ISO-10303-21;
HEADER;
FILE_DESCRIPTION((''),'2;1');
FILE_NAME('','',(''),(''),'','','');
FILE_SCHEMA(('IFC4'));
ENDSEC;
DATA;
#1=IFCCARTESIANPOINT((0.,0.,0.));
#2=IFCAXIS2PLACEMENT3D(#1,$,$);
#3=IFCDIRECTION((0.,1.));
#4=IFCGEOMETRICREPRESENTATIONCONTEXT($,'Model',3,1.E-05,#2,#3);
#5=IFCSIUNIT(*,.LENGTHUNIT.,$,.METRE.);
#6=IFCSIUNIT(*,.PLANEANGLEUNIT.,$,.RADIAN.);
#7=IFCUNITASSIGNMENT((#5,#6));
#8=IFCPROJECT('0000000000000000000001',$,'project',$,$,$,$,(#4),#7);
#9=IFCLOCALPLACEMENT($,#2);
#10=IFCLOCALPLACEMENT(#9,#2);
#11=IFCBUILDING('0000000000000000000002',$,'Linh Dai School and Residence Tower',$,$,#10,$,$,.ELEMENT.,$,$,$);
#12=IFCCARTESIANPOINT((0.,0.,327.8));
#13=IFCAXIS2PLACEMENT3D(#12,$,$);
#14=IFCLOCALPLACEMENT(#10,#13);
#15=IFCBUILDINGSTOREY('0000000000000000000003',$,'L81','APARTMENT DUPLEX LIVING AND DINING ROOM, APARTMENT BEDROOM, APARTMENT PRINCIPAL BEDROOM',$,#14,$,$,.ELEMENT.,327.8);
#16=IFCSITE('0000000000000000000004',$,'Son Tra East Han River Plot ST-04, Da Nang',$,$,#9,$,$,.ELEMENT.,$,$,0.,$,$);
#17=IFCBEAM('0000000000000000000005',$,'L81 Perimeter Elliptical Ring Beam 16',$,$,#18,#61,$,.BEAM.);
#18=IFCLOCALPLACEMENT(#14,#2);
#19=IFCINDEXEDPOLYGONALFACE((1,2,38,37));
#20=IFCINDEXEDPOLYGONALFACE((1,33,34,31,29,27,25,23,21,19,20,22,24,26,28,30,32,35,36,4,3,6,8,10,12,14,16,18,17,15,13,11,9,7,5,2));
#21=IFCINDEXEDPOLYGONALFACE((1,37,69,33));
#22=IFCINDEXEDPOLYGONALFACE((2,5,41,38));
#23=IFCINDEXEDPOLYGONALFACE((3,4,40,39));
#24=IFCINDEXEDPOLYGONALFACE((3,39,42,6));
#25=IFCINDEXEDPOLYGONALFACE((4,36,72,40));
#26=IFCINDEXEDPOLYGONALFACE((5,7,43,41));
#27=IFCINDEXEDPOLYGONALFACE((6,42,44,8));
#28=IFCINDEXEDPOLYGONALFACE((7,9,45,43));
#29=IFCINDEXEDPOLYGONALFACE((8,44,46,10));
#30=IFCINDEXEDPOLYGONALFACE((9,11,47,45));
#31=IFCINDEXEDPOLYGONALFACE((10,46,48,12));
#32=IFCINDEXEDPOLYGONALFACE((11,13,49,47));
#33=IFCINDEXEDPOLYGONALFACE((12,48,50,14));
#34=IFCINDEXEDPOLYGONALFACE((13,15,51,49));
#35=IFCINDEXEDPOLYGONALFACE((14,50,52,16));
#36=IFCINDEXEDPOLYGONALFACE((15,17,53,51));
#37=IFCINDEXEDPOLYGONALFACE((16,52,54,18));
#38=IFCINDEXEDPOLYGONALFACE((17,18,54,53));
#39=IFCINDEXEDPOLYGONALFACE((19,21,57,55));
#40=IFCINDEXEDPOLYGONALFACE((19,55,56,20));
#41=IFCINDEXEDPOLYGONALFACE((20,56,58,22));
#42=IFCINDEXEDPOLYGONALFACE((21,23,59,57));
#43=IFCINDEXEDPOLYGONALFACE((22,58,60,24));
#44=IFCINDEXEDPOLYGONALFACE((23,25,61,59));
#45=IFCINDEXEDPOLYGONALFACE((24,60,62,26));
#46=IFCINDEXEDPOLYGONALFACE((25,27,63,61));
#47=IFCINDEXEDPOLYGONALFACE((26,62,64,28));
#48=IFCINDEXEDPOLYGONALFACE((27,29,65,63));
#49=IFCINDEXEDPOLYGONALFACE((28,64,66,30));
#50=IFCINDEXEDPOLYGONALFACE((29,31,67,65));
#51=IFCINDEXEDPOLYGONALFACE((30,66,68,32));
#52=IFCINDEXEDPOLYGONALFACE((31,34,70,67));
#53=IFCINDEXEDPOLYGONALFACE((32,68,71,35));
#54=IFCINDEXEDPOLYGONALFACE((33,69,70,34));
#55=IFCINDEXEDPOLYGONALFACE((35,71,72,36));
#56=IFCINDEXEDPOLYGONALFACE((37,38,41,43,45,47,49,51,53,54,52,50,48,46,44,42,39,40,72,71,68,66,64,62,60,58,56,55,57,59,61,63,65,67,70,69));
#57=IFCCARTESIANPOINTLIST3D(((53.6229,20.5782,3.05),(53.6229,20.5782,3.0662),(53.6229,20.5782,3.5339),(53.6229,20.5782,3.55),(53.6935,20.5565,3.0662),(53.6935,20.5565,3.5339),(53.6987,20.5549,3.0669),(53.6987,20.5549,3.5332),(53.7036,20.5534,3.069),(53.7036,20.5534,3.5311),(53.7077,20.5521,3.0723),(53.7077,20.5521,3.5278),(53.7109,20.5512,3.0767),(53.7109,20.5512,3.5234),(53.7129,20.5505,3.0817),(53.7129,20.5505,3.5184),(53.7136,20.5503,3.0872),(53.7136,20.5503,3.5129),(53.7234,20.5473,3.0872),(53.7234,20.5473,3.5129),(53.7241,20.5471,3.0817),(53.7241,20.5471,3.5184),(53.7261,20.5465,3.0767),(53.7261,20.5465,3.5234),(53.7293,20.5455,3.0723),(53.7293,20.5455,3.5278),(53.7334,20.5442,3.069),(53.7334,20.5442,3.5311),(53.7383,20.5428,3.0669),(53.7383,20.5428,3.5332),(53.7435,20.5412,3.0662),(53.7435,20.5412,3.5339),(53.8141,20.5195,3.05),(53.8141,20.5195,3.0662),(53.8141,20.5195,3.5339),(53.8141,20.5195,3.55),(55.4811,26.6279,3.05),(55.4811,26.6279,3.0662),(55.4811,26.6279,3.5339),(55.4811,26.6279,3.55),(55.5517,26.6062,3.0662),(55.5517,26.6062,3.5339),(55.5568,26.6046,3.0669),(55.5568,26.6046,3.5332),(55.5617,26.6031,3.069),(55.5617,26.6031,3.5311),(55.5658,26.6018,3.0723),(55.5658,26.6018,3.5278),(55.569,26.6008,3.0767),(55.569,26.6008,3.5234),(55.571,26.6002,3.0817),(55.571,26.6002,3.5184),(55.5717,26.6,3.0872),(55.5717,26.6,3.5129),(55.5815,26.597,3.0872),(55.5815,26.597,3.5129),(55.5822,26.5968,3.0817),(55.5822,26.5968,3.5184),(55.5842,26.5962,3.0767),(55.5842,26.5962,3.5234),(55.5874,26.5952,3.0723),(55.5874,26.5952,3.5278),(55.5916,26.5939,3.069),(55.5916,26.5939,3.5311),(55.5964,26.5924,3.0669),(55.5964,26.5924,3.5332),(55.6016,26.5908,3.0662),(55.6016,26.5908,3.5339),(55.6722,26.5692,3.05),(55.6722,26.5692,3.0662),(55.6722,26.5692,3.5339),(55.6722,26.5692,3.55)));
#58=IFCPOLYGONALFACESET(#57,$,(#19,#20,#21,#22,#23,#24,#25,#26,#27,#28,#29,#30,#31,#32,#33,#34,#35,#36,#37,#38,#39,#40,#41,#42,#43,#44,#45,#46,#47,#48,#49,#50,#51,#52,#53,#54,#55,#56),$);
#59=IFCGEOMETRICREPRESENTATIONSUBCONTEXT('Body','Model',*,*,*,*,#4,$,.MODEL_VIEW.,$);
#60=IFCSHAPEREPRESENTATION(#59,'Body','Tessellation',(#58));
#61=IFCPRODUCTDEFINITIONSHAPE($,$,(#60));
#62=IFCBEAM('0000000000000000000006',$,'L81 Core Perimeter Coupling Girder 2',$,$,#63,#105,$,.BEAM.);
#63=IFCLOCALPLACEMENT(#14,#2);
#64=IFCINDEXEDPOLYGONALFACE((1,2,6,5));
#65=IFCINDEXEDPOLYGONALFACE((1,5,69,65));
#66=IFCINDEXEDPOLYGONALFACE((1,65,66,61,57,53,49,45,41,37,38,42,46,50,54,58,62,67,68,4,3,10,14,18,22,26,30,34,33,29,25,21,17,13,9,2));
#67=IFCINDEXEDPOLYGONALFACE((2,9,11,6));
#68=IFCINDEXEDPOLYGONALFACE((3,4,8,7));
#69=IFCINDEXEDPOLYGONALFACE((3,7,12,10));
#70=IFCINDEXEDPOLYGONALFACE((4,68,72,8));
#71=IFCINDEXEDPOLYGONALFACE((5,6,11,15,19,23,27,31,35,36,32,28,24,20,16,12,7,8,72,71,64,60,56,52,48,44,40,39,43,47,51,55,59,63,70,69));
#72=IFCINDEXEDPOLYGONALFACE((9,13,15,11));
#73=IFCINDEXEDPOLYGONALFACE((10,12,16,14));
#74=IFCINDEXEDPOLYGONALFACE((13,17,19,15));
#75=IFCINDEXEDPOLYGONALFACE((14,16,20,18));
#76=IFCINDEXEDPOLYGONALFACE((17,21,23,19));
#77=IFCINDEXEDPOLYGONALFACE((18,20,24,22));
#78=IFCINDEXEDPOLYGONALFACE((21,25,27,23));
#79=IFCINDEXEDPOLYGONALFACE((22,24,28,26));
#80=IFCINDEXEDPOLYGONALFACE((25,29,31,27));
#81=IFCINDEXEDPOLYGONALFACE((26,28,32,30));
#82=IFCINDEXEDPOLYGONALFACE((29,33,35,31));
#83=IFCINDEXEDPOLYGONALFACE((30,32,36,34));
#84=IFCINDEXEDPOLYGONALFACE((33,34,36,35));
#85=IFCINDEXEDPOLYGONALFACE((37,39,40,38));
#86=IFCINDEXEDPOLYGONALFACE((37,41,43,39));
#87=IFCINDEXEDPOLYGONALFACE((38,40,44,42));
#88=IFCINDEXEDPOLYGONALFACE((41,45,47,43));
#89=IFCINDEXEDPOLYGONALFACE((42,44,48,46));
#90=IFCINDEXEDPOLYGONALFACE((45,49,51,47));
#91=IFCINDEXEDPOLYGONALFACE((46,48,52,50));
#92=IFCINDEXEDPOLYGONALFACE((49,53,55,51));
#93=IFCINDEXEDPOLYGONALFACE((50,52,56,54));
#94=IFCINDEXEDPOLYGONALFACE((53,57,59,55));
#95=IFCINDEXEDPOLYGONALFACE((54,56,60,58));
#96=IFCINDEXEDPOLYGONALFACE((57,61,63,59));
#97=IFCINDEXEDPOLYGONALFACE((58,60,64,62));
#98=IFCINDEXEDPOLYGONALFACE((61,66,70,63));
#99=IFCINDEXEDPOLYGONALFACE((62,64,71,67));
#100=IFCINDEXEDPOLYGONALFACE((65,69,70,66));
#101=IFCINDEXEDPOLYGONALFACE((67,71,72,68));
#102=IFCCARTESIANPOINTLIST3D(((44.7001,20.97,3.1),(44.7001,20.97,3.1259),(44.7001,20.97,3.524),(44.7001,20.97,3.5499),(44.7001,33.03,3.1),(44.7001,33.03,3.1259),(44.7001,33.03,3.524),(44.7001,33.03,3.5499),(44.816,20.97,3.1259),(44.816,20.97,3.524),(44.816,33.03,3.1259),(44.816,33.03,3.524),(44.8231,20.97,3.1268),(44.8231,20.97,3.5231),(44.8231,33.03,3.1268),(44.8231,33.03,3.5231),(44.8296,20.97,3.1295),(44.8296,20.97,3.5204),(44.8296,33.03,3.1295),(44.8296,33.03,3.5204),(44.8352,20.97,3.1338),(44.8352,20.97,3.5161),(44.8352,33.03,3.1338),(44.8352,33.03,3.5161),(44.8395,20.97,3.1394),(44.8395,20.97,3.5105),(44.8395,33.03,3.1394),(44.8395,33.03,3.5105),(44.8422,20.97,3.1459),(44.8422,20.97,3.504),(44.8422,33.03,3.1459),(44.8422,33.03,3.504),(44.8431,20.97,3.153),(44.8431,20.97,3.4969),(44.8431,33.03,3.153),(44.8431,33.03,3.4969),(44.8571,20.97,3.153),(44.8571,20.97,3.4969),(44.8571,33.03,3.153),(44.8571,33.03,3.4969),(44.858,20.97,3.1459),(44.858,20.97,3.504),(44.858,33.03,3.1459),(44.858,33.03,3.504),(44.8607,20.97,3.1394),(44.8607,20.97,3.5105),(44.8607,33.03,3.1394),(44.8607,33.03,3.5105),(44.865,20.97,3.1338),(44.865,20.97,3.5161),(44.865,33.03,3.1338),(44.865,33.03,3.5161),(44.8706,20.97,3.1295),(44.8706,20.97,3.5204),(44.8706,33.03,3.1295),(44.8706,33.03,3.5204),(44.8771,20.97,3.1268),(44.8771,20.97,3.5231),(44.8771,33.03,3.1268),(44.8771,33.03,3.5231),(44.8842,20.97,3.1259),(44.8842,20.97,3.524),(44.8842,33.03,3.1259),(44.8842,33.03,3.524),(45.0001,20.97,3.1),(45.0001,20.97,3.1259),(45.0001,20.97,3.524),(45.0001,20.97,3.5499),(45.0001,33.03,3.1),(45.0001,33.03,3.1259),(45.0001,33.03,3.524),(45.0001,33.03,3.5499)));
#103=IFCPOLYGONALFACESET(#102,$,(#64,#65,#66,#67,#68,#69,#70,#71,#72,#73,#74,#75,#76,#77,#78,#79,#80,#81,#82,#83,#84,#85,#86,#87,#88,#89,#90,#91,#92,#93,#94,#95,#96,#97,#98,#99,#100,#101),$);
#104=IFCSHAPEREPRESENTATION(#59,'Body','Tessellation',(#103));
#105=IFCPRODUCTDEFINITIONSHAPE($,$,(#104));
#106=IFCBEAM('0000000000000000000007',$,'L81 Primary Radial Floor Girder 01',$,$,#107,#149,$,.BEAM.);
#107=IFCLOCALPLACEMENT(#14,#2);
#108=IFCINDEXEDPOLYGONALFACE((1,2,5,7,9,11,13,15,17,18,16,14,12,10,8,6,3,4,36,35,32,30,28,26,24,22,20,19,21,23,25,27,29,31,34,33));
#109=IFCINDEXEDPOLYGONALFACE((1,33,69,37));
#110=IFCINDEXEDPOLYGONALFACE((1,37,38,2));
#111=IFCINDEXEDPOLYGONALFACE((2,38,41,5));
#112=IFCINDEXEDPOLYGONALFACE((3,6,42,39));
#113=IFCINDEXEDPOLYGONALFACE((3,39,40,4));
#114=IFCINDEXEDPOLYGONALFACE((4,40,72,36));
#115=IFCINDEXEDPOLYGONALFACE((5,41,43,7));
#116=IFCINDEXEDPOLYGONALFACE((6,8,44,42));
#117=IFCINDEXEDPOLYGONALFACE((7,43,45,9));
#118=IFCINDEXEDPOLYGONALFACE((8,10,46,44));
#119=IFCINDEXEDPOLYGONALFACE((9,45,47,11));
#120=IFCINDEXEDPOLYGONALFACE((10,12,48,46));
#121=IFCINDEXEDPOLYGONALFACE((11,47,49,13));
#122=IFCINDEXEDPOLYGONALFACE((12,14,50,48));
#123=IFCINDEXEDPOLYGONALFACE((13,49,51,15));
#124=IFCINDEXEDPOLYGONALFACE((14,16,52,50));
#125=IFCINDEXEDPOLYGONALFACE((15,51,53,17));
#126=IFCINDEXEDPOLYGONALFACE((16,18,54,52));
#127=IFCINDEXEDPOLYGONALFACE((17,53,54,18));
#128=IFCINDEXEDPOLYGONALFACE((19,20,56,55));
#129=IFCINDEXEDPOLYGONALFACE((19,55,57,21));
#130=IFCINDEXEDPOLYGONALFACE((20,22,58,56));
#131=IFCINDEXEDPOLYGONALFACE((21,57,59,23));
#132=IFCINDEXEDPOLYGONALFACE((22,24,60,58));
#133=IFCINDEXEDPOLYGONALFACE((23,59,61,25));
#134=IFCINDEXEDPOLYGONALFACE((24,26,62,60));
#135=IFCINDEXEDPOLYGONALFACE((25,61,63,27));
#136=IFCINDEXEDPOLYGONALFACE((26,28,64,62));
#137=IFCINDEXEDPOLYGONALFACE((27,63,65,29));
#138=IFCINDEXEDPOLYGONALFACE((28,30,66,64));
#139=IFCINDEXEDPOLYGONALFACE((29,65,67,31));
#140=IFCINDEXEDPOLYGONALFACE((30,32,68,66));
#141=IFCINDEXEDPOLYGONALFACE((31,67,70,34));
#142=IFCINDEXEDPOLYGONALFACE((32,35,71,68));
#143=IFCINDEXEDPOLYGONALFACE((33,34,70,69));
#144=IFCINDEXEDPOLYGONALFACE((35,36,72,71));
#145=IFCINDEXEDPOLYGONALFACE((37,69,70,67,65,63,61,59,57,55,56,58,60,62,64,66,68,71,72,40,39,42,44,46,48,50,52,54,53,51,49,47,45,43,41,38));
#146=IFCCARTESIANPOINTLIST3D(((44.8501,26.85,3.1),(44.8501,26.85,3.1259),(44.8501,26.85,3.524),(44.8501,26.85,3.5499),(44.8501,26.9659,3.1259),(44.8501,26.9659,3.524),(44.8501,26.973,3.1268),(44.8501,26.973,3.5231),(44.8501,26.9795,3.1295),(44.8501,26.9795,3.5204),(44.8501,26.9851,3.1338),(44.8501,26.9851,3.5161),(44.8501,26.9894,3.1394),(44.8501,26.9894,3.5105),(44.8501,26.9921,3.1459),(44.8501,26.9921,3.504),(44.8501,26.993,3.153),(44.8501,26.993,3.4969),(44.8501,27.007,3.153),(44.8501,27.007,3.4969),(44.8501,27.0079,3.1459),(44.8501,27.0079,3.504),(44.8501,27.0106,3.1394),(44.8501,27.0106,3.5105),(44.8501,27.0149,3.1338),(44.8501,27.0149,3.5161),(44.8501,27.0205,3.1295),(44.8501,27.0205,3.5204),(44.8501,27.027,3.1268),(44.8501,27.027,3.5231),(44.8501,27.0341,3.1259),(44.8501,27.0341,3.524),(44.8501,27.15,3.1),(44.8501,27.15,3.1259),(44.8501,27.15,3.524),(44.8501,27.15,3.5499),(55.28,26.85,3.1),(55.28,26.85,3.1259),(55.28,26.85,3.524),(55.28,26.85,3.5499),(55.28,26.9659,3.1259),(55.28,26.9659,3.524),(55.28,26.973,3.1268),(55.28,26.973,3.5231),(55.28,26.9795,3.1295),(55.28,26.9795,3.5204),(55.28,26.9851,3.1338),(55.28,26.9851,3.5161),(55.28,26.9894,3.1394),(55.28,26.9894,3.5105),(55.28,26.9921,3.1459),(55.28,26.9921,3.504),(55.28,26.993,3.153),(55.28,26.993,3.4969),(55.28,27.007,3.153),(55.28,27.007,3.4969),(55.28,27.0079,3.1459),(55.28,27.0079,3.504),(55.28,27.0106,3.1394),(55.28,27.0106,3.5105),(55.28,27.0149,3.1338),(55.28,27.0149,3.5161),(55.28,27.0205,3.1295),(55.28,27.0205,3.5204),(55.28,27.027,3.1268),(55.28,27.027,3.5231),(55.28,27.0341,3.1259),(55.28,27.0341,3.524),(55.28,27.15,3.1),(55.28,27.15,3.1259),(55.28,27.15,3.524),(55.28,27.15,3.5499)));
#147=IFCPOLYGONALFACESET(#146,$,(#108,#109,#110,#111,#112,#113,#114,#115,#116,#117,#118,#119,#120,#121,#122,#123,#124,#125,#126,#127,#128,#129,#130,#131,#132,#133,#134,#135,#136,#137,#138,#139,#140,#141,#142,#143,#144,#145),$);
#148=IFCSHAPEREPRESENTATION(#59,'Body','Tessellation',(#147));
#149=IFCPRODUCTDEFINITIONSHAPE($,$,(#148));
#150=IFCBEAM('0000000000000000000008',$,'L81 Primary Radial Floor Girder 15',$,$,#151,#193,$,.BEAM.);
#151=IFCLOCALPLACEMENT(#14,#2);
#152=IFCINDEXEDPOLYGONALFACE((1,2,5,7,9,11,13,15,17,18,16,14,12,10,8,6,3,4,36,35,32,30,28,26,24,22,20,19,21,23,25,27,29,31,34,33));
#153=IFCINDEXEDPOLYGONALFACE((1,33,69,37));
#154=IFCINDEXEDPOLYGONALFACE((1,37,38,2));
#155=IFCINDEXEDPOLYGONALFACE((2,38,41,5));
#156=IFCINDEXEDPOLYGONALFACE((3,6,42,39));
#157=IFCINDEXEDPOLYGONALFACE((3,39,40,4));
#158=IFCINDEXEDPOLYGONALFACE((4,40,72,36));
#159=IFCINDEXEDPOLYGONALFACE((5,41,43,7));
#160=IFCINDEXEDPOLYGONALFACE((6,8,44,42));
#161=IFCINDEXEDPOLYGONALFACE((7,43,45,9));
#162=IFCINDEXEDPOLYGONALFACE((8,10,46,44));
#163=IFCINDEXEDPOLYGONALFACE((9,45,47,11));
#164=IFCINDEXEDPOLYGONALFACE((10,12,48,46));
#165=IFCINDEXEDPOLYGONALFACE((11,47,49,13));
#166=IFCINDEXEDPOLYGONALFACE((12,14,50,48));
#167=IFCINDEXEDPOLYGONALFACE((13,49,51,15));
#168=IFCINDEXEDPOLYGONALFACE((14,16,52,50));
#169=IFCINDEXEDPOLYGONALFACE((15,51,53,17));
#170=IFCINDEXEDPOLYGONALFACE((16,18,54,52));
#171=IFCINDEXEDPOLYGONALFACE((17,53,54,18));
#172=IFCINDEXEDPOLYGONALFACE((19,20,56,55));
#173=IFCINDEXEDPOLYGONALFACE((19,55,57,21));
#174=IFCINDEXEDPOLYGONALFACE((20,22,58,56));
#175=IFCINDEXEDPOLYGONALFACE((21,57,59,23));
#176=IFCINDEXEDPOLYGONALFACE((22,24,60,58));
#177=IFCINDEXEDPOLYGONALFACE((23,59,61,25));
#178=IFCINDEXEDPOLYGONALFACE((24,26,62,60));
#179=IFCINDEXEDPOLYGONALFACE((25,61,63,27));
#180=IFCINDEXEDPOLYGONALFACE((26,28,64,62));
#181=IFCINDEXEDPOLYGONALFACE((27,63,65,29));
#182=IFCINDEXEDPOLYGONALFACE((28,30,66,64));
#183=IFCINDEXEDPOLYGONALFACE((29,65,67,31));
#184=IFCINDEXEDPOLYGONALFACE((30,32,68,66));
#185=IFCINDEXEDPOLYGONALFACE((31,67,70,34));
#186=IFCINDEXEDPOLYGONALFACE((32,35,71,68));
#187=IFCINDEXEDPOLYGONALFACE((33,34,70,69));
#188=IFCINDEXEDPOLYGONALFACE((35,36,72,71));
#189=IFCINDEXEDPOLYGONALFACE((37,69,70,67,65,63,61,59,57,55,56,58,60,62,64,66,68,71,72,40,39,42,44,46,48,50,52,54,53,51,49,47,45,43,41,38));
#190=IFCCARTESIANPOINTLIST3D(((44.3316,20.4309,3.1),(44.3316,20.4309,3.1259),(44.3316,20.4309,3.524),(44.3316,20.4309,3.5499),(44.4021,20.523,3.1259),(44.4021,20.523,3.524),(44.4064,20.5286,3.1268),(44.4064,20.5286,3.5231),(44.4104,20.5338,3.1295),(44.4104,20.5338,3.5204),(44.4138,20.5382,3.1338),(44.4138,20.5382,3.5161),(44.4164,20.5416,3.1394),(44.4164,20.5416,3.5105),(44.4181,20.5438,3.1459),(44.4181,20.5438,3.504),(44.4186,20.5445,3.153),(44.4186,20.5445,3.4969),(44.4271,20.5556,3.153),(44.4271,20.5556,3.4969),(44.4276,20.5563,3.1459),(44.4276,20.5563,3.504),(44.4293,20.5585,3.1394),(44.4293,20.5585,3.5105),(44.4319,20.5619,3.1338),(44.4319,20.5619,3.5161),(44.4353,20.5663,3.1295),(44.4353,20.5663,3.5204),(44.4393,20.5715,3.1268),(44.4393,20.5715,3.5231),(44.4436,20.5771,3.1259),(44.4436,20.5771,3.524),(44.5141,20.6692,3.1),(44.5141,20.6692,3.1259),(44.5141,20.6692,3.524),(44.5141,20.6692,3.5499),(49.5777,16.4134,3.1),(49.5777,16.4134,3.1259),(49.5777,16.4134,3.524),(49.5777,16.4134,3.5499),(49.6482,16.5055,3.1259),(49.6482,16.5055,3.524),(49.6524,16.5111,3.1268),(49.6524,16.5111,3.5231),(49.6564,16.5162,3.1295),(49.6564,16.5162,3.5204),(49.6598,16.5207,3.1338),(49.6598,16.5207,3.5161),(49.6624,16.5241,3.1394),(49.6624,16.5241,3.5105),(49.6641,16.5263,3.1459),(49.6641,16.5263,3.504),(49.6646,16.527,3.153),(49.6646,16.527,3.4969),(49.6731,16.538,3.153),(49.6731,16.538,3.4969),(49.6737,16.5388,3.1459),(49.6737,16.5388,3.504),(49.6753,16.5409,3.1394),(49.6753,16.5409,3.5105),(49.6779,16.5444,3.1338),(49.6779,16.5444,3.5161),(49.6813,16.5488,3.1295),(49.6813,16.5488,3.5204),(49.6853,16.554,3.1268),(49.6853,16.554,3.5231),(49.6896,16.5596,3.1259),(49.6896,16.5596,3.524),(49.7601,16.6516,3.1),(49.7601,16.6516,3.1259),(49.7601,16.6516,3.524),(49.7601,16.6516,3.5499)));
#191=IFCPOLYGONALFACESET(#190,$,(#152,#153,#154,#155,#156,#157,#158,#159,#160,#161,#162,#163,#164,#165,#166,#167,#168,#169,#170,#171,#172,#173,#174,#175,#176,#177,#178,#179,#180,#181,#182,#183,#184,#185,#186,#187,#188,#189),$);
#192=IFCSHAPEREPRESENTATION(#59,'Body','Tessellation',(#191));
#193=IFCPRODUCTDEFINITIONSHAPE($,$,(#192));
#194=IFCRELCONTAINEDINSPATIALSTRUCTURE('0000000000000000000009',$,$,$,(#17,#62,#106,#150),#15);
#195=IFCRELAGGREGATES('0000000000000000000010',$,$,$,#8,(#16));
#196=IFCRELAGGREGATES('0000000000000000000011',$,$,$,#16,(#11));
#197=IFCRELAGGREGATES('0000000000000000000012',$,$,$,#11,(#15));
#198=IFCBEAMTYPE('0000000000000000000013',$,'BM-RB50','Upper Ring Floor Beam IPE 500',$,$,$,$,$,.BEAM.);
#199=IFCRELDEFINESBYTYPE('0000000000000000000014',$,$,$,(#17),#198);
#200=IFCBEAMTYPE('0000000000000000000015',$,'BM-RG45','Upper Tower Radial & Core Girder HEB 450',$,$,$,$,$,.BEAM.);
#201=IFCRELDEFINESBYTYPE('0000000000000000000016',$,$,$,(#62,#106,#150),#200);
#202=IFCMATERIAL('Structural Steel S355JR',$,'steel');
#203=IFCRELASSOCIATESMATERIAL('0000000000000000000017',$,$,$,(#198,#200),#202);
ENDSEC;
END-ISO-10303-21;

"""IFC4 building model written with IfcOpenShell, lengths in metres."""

from ifc_helpers import new_model, si_unit, direction, frame, origin, origin_2d, place, context, subcontext, project, spatial, i_section, extrude, material, material_profile, profile_set, type_object, element, save


model = new_model("IFC4")

# Units and contexts
model_context = context("Model", 3, precision=1e-05, world=origin(), true_north=direction((0.0, 1.0)))
body_context = subcontext(model_context, "Body", "Model", "MODEL_VIEW")
ifc_project = project(units=[si_unit("LENGTHUNIT", "METRE"), si_unit("PLANEANGLEUNIT", "RADIAN")], contexts=[model_context])

# Site, building, storey
site_placement = place(None, origin())
site = spatial("IfcSite", under=ifc_project, at=site_placement, Name="Son Tra East Han River Plot ST-04, Da Nang", CompositionType="ELEMENT", RefElevation=0.0)
building_placement = place(site_placement, origin())
building = spatial("IfcBuilding", under=site, at=building_placement, Name="Linh Dai School and Residence Tower", CompositionType="ELEMENT")
storey_placement = place(building_placement, frame((0.0, 0.0, 327.8)))
storey = spatial("IfcBuildingStorey", under=building, at=storey_placement, Name="L81", Description="APARTMENT DUPLEX LIVING AND DINING ROOM, APARTMENT BEDROOM, APARTMENT PRINCIPAL BEDROOM", CompositionType="ELEMENT", Elevation=327.8)

# Shared definitions
ifc_material_1 = material(Name="Structural Steel S355JR", Category="steel")

# Beams
ifc_material_profile_1 = material_profile(ifc_material_1, i_section(OverallWidth=0.2, OverallDepth=0.5, WebThickness=0.0103, FlangeThickness=0.0161, FilletRadius=0.021, at=origin_2d()), Name="IPE 500")
ifc_profile_set_1 = profile_set([ifc_material_profile_1], Name="Structural Steel S355JR")
beam_type_1 = type_object("IfcBeamType", Name="BM-RB50", Description="Upper Ring Floor Beam IPE 500", PredefinedType="BEAM", material=ifc_profile_set_1)
beam_1_placement = place(storey_placement, frame((53.7185, 20.5488, 3.3), z_axis=(0.293606, 0.955927, 0.0), x_axis=(-0.955927, 0.293606, 0.0)))
element("IfcBeam", 1, at=beam_1_placement, inside=storey, type_object=beam_type_1, Name="L81 Perimeter Elliptical Ring Beam 16", PredefinedType="BEAM", context=body_context, shape_type="SweptSolid", body=[
    extrude(i_section(OverallWidth=0.2, OverallDepth=0.5, WebThickness=0.0103, FlangeThickness=0.0161, FilletRadius=0.021, at=origin_2d()), origin(), (0.0, 0.0, 1.0), 6.3286),
])
ifc_material_profile_2 = material_profile(ifc_material_1, i_section(OverallWidth=0.3, OverallDepth=0.45, WebThickness=0.0139, FlangeThickness=0.0259, FilletRadius=0.0271, at=origin_2d()), Name="HEB 450")
ifc_profile_set_2 = profile_set([ifc_material_profile_2], Name="Structural Steel S355JR")
beam_type_2 = type_object("IfcBeamType", Name="BM-RG45", Description="Upper Tower Radial & Core Girder HEB 450", PredefinedType="BEAM", material=ifc_profile_set_2)
beam_2_placement = place(storey_placement, frame((44.8501, 20.97, 3.325), z_axis=(0.0, 1.0, 0.0), x_axis=(-1.0, 0.0, 0.0)))
element("IfcBeam", 2, at=beam_2_placement, inside=storey, type_object=beam_type_2, Name="L81 Core Perimeter Coupling Girder 2", PredefinedType="BEAM", context=body_context, shape_type="SweptSolid", body=[
    extrude(i_section(OverallWidth=0.3, OverallDepth=0.45, WebThickness=0.0139, FlangeThickness=0.0259, FilletRadius=0.0271, at=origin_2d()), origin(), (0.0, 0.0, 1.0), 12.0601),
])
beam_3_placement = place(storey_placement, frame((44.8501, 27.0, 3.325), z_axis=(1.0, 0.0, 0.0), x_axis=(0.0, 1.0, 0.0)))
element("IfcBeam", 3, at=beam_3_placement, inside=storey, type_object=beam_type_2, Name="L81 Primary Radial Floor Girder 01", PredefinedType="BEAM", context=body_context, shape_type="SweptSolid", body=[
    extrude(i_section(OverallWidth=0.3, OverallDepth=0.45, WebThickness=0.0139, FlangeThickness=0.0259, FilletRadius=0.0271, at=origin_2d()), origin(), (0.0, 0.0, 1.0), 10.4299),
])
beam_4_placement = place(storey_placement, frame((44.4229, 20.55, 3.325), z_axis=(0.79393, -0.608009, 0.0), x_axis=(0.608009, 0.79393, 0.0)))
element("IfcBeam", 4, at=beam_4_placement, inside=storey, type_object=beam_type_2, Name="L81 Primary Radial Floor Girder 15", PredefinedType="BEAM", context=body_context, shape_type="SweptSolid", body=[
    extrude(i_section(OverallWidth=0.3, OverallDepth=0.45, WebThickness=0.0139, FlangeThickness=0.0259, FilletRadius=0.0271, at=origin_2d()), origin(), (0.0, 0.0, 1.0), 6.6077),
])

save(model, "model.ifc")
